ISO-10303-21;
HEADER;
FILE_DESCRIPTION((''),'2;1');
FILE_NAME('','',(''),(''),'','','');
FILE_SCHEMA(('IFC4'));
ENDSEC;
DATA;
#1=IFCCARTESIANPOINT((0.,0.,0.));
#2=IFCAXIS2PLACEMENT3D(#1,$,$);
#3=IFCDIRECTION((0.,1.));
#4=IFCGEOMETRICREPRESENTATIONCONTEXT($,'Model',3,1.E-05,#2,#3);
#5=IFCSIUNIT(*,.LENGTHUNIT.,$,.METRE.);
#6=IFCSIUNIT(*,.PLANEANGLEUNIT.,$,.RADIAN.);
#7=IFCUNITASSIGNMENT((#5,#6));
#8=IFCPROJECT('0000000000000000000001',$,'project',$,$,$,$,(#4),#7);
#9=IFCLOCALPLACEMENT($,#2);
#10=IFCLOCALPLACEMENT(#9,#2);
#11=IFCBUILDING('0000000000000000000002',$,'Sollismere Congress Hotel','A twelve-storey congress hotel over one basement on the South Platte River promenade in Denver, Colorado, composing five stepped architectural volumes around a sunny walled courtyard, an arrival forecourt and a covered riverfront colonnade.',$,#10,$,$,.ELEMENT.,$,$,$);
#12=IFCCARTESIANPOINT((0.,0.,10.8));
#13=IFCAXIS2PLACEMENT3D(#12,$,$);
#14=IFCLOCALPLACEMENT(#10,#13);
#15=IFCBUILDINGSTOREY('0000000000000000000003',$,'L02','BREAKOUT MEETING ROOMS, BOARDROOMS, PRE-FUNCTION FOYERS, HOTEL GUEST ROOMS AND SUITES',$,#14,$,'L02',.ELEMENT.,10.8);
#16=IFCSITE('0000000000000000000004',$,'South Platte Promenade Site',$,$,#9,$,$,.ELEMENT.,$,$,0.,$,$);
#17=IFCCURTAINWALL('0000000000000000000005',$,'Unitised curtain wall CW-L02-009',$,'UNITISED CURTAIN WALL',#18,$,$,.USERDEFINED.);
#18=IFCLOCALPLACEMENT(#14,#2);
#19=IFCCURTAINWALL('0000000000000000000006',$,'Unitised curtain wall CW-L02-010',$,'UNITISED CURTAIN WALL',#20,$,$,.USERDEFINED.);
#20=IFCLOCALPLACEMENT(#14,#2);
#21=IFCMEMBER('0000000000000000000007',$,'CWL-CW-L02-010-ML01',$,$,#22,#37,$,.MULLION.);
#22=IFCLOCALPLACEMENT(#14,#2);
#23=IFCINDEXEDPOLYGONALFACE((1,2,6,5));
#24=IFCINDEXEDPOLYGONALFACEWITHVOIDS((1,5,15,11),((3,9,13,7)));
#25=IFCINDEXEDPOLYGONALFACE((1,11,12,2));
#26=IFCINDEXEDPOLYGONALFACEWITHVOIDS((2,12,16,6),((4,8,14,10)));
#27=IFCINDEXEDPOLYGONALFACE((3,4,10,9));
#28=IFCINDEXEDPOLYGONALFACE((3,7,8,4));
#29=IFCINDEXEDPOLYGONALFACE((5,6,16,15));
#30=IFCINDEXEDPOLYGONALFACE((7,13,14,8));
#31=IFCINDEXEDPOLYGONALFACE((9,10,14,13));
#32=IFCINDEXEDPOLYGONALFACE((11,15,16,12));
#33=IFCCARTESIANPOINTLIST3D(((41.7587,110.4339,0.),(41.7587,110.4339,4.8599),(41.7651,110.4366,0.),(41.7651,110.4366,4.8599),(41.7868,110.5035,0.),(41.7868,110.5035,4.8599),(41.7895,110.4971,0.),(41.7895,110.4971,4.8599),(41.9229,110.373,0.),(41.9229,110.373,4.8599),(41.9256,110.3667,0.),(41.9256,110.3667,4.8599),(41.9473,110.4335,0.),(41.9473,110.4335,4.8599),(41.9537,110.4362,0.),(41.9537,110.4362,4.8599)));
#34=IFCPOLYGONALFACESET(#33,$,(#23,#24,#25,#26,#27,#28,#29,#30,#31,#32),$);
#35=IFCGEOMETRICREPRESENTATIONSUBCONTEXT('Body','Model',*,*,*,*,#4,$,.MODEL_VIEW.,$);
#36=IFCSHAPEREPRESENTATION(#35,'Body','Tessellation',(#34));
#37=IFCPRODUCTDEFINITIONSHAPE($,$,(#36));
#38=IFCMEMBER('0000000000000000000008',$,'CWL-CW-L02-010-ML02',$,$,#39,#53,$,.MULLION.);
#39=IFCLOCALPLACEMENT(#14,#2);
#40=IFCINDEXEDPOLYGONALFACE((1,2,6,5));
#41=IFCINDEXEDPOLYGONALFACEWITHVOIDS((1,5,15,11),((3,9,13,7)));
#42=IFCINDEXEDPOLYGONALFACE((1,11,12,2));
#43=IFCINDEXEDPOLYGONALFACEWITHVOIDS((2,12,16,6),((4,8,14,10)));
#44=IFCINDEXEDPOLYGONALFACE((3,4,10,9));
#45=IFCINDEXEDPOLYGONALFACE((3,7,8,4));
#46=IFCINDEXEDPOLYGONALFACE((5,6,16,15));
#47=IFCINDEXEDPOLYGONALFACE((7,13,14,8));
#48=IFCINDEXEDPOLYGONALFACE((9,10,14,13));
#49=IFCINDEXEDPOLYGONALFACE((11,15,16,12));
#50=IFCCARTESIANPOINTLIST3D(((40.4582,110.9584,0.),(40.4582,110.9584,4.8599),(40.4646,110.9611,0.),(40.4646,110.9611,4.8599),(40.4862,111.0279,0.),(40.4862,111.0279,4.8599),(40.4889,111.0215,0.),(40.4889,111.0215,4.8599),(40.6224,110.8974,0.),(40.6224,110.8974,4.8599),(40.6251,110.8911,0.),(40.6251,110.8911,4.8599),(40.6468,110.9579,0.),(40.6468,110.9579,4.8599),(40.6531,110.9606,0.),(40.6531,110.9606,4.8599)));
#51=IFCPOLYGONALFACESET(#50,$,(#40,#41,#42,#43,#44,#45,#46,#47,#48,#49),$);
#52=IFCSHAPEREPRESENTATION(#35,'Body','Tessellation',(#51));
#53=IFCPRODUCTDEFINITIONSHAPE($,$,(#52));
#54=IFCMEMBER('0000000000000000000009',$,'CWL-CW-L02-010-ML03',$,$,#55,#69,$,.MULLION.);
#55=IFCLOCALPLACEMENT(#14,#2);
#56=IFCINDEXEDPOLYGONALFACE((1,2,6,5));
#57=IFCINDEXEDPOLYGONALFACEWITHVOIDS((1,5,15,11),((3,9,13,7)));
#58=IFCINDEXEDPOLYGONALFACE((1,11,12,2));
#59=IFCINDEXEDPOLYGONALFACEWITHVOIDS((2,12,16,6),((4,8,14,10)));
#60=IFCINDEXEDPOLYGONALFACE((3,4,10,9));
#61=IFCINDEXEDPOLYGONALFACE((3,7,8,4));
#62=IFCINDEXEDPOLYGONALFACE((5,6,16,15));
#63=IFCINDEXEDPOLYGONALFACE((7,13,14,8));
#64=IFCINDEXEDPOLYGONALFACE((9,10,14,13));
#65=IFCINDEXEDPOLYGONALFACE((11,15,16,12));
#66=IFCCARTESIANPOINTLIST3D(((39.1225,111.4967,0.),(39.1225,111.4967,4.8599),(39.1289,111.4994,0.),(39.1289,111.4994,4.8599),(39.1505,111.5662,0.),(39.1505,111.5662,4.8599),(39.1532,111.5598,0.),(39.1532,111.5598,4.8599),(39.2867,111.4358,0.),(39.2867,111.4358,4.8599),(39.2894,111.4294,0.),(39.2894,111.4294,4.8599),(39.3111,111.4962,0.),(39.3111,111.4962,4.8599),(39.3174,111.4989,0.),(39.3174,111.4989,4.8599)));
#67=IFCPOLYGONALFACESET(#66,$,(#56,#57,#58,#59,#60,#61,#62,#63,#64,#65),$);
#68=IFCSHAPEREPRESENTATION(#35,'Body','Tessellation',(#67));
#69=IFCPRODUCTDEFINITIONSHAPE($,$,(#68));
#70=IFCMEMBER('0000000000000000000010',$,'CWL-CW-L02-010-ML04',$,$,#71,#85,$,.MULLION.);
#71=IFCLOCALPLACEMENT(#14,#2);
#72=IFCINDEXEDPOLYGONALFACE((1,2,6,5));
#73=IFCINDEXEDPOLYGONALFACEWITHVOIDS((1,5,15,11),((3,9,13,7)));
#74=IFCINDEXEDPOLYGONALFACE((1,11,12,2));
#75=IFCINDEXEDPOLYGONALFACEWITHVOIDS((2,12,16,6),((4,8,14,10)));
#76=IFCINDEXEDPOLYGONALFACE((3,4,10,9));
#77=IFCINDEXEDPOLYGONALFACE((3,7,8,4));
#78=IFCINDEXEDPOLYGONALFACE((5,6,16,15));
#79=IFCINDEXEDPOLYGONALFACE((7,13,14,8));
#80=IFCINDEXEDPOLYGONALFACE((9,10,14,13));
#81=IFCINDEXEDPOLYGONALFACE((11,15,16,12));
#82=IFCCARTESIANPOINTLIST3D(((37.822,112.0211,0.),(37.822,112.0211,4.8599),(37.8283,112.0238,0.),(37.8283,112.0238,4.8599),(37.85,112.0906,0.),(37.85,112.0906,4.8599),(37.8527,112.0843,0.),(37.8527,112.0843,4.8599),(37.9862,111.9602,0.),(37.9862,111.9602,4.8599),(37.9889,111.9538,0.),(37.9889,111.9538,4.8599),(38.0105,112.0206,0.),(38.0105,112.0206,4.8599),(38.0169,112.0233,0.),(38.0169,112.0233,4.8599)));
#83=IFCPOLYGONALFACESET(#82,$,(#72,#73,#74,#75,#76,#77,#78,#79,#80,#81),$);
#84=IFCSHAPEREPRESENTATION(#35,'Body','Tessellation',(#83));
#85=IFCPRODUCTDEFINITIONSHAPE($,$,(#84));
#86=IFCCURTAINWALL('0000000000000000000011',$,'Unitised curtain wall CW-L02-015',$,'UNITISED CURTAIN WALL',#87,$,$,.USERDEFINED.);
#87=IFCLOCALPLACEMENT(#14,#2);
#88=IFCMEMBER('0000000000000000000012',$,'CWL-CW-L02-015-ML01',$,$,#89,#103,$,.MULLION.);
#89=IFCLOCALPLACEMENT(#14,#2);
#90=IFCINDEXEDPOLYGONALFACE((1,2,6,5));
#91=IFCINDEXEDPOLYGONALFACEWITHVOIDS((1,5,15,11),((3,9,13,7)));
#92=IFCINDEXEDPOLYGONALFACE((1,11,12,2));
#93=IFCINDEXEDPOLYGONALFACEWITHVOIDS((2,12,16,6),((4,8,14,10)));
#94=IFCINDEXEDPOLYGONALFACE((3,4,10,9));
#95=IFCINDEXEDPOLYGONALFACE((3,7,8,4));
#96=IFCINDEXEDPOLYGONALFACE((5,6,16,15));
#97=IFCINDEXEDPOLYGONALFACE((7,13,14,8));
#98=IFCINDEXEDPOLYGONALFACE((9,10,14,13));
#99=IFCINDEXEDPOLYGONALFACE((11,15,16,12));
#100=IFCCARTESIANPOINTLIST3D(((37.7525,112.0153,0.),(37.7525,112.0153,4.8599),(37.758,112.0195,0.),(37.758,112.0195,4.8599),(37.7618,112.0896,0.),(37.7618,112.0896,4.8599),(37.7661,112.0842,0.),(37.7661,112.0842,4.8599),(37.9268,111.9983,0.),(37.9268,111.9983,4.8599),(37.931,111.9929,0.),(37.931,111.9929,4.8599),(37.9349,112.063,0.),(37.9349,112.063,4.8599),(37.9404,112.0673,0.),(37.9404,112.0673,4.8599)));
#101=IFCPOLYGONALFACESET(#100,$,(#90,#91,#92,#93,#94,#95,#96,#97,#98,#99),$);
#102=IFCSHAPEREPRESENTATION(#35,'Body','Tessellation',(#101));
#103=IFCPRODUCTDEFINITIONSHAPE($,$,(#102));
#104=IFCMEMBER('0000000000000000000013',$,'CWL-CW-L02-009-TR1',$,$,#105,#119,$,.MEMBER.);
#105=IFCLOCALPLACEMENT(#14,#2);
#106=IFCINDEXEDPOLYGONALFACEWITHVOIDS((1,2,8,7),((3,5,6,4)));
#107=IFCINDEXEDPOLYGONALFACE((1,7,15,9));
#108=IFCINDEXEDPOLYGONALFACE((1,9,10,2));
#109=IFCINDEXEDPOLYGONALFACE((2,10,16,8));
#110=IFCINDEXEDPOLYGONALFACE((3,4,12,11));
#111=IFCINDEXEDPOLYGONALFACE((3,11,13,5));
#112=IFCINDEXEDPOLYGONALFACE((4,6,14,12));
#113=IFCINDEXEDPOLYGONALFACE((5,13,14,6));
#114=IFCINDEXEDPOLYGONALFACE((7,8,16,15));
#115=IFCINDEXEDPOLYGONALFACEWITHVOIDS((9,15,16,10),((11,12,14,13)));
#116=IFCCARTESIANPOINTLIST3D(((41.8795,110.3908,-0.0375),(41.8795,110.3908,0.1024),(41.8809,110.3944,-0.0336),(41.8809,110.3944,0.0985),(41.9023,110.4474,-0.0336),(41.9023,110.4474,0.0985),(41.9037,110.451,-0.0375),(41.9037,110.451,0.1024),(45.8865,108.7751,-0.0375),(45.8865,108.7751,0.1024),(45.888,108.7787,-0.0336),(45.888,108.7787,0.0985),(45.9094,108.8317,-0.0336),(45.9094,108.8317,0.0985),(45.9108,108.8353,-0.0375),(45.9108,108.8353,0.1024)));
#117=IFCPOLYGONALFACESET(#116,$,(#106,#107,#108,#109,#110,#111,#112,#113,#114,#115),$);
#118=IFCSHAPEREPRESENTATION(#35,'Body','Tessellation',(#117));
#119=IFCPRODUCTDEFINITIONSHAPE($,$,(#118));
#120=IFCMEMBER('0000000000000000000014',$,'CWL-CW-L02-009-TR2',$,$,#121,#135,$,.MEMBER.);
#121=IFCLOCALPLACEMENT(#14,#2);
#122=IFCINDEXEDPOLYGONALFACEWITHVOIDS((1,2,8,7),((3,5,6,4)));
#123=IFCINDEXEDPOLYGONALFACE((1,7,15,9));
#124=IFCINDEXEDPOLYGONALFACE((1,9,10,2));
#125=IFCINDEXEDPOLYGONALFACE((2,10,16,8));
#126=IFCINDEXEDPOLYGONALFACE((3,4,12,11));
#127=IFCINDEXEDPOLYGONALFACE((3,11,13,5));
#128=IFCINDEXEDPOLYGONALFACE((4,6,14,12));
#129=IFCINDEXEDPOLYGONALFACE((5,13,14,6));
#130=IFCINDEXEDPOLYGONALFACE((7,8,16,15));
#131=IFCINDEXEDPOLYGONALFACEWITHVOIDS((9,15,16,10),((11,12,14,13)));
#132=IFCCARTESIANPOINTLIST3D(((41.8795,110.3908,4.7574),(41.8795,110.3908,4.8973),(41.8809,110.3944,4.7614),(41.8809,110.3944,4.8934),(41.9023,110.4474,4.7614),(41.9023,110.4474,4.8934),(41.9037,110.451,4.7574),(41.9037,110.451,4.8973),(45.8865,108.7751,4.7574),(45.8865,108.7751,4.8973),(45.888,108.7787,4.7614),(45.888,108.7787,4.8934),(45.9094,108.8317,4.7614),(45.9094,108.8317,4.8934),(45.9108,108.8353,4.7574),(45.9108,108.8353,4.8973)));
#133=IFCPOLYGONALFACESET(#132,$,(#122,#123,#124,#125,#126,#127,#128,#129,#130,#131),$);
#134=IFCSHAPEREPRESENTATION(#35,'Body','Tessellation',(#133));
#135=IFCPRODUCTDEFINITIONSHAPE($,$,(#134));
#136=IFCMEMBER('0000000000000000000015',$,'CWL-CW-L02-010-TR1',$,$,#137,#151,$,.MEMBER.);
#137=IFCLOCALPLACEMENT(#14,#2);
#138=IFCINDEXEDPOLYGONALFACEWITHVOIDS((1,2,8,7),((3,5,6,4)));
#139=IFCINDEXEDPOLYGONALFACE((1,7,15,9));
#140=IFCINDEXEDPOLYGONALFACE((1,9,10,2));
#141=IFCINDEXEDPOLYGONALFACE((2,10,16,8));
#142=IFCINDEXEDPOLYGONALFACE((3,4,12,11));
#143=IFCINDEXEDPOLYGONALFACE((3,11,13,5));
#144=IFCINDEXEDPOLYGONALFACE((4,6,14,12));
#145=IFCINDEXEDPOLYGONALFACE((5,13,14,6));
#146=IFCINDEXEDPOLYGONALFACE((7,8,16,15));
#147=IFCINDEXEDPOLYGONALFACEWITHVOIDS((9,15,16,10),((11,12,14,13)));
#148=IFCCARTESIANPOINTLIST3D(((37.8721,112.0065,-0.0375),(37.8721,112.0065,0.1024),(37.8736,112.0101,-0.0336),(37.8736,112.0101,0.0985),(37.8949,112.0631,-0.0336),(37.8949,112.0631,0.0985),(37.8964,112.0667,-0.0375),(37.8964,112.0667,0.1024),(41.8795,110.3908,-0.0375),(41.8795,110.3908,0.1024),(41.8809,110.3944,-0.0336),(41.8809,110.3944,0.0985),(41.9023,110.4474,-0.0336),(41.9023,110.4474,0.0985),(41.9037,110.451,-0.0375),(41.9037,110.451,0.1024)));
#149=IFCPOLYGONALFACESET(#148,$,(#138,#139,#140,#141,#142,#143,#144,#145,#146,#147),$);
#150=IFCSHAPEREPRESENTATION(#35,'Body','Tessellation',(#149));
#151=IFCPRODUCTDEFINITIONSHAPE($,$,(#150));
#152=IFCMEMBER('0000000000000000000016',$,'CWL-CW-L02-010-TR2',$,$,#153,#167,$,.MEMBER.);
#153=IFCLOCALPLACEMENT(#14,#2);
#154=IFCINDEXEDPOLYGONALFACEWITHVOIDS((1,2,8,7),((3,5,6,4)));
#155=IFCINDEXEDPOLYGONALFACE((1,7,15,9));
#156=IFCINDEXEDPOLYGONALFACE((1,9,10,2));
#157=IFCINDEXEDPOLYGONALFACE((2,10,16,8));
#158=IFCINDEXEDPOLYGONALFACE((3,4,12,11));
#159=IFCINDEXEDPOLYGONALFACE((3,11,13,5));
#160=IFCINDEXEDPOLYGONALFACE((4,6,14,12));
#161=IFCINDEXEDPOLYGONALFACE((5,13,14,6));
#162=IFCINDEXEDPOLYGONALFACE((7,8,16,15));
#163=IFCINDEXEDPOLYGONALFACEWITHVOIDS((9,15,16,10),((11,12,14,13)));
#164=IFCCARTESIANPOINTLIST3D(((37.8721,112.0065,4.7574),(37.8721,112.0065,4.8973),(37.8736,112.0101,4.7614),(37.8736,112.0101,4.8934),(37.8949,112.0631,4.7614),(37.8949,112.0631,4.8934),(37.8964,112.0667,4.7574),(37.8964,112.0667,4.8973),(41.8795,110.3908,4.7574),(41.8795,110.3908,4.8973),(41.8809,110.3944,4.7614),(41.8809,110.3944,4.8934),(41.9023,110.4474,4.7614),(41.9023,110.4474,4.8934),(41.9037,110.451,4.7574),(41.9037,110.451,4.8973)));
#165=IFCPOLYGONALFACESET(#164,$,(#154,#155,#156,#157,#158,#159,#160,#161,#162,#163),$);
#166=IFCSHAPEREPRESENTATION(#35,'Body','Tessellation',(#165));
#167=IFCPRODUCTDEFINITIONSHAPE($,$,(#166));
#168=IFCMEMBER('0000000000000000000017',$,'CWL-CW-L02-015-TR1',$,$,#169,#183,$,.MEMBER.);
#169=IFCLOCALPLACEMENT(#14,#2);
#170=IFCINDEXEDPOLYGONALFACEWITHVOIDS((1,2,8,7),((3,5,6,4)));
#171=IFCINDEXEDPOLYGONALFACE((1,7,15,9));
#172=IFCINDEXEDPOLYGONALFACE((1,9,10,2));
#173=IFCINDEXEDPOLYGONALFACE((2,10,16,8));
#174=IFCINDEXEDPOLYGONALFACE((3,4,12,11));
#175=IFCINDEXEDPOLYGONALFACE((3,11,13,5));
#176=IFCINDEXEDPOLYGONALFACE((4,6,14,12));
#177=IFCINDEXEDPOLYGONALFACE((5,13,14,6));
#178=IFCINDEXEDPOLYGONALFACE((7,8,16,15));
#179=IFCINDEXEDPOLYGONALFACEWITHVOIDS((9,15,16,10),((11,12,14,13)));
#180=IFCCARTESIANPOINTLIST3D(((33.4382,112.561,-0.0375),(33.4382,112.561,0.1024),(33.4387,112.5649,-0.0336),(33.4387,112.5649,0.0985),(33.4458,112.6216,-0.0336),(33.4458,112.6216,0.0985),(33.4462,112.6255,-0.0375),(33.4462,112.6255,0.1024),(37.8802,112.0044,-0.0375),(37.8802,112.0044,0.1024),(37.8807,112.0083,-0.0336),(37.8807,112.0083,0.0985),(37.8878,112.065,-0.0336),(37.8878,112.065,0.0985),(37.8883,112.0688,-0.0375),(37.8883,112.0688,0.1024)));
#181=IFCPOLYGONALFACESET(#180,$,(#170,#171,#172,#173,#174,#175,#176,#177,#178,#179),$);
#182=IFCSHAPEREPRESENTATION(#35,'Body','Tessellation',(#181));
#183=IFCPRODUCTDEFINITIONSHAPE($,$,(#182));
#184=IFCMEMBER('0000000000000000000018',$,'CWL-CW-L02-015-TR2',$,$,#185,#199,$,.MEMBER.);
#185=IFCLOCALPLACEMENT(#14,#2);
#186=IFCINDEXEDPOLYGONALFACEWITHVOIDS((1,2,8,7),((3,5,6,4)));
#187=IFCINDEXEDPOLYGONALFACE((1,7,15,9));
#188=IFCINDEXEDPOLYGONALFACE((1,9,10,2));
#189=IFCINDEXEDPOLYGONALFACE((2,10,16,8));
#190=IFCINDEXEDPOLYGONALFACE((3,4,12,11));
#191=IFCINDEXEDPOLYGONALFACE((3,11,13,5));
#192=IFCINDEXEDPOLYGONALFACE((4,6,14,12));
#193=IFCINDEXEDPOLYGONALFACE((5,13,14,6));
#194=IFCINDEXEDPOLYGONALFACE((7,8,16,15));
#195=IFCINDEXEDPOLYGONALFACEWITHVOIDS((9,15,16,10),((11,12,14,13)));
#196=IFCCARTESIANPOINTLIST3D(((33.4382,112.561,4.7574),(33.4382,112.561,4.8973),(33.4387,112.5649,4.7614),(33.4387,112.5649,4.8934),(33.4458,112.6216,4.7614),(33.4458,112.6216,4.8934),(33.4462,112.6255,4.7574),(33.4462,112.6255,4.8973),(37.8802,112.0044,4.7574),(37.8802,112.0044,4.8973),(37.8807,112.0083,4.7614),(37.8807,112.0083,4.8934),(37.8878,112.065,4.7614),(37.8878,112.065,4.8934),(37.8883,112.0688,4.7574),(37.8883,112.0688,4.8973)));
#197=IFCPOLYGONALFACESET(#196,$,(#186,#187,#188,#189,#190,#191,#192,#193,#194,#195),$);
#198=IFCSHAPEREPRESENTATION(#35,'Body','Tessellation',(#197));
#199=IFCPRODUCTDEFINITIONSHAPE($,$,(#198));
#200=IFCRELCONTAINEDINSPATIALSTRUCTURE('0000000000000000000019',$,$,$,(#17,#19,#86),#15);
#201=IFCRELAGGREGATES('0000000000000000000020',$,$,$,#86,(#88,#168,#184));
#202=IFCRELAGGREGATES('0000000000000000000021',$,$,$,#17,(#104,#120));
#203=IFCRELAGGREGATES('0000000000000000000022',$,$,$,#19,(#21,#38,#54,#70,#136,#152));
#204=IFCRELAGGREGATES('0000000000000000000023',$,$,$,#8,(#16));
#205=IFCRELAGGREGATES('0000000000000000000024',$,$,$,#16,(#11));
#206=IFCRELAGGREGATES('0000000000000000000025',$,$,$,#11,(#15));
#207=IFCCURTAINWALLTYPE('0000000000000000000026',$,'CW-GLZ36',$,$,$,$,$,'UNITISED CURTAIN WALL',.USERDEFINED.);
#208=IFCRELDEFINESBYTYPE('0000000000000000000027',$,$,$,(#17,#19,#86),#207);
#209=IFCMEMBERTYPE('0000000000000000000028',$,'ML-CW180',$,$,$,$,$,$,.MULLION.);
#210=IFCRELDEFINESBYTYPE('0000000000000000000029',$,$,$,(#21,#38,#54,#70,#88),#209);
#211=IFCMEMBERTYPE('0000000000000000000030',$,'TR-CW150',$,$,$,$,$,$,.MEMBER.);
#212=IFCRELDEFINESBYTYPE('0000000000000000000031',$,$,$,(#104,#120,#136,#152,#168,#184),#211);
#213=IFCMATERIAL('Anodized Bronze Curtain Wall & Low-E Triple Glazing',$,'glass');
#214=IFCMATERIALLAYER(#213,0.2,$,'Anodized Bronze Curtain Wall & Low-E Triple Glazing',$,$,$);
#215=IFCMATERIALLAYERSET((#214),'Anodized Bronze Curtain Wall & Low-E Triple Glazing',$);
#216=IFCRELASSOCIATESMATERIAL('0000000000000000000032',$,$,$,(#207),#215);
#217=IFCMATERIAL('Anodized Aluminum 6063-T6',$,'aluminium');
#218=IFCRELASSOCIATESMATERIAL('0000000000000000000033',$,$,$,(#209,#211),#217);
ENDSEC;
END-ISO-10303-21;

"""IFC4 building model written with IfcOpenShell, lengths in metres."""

from ifc_helpers import new_model, si_unit, direction, frame, origin, origin_2d, place, context, subcontext, project, spatial, hollow_rectangle, extrude, material, layer, layer_set, material_profile, profile_set, type_object, element, aggregate, save


model = new_model("IFC4")

# Units and contexts
model_context = context("Model", 3, precision=1e-05, world=origin(), true_north=direction((0.0, 1.0)))
body_context = subcontext(model_context, "Body", "Model", "MODEL_VIEW")
ifc_project = project(units=[si_unit("LENGTHUNIT", "METRE"), si_unit("PLANEANGLEUNIT", "RADIAN")], contexts=[model_context])

# Site, building, storey
site_placement = place(None, origin())
site = spatial("IfcSite", under=ifc_project, at=site_placement, Name="South Platte Promenade Site", CompositionType="ELEMENT", RefElevation=0.0)
building_placement = place(site_placement, origin())
building = spatial("IfcBuilding", under=site, at=building_placement, Name="Sollismere Congress Hotel", Description="A twelve-storey congress hotel over one basement on the South Platte River promenade in Denver, Colorado, composing five stepped architectural volumes around a sunny walled courtyard, an arrival forecourt and a covered riverfront colonnade.", CompositionType="ELEMENT")
storey_placement = place(building_placement, frame((0.0, 0.0, 10.8)))
storey = spatial("IfcBuildingStorey", under=building, at=storey_placement, Name="L02", Description="BREAKOUT MEETING ROOMS, BOARDROOMS, PRE-FUNCTION FOYERS, HOTEL GUEST ROOMS AND SUITES", LongName="L02", CompositionType="ELEMENT", Elevation=10.8)

# Curtain walls, members
ifc_material_1 = material(Name="Anodized Bronze Curtain Wall & Low-E Triple Glazing", Category="glass")
ifc_layer_1 = layer(ifc_material_1, 0.2, Name="Anodized Bronze Curtain Wall & Low-E Triple Glazing")
ifc_layer_set_1 = layer_set([ifc_layer_1], Name="Anodized Bronze Curtain Wall & Low-E Triple Glazing")
curtain_wall_type = type_object("IfcCurtainWallType", Name="CW-GLZ36", ElementType="UNITISED CURTAIN WALL", PredefinedType="USERDEFINED", material=ifc_layer_set_1)
ifc_material_2 = material(Name="Anodized Aluminum 6063-T6", Category="aluminium")
ifc_material_profile_1 = material_profile(ifc_material_2, hollow_rectangle(XDim=0.075, YDim=0.1799, WallThickness=0.0049, at=origin_2d()), Name="ALU180X75X5")
ifc_profile_set_1 = profile_set([ifc_material_profile_1], Name="Anodized Aluminum 6063-T6")
member_type_1 = type_object("IfcMemberType", Name="ML-CW180", PredefinedType="MULLION", material=ifc_profile_set_1)
curtain_wall_1_placement = place(storey_placement, origin())
curtain_wall_1 = element("IfcCurtainWall", 1, at=curtain_wall_1_placement, inside=storey, type_object=curtain_wall_type, Name="Unitised curtain wall CW-L02-009", ObjectType="UNITISED CURTAIN WALL", PredefinedType="USERDEFINED")
curtain_wall_2_placement = place(storey_placement, origin())
curtain_wall_2 = element("IfcCurtainWall", 2, at=curtain_wall_2_placement, inside=storey, type_object=curtain_wall_type, Name="Unitised curtain wall CW-L02-010", ObjectType="UNITISED CURTAIN WALL", PredefinedType="USERDEFINED")
member_1_placement = place(storey_placement, frame((41.8562, 110.4351, 0.0), z_axis=(0.0, 0.0, 1.0), x_axis=(-0.373943, -0.927452, 0.0)))
member_1 = element("IfcMember", 3, at=member_1_placement, type_object=member_type_1, Name="CWL-CW-L02-010-ML01", PredefinedType="MULLION", context=body_context, shape_type="SweptSolid", body=[
    extrude(hollow_rectangle(XDim=0.075, YDim=0.1799, WallThickness=0.0049, at=origin_2d()), origin(), (0.0, 0.0, 1.0), 4.8599),
])
member_2_placement = place(storey_placement, frame((40.5557, 110.9595, 0.0), z_axis=(0.0, 0.0, 1.0), x_axis=(-0.373943, -0.927452, 0.0)))
member_2 = element("IfcMember", 4, at=member_2_placement, type_object=member_type_1, Name="CWL-CW-L02-010-ML02", PredefinedType="MULLION", context=body_context, shape_type="SweptSolid", body=[
    extrude(hollow_rectangle(XDim=0.075, YDim=0.1799, WallThickness=0.0049, at=origin_2d()), origin(), (0.0, 0.0, 1.0), 4.8599),
])
member_3_placement = place(storey_placement, frame((39.22, 111.4978, 0.0), z_axis=(0.0, 0.0, 1.0), x_axis=(-0.373943, -0.927452, 0.0)))
member_3 = element("IfcMember", 5, at=member_3_placement, type_object=member_type_1, Name="CWL-CW-L02-010-ML03", PredefinedType="MULLION", context=body_context, shape_type="SweptSolid", body=[
    extrude(hollow_rectangle(XDim=0.075, YDim=0.1799, WallThickness=0.0049, at=origin_2d()), origin(), (0.0, 0.0, 1.0), 4.8599),
])
member_4_placement = place(storey_placement, frame((37.9194, 112.0222, 0.0), z_axis=(0.0, 0.0, 1.0), x_axis=(-0.373943, -0.927452, 0.0)))
member_4 = element("IfcMember", 6, at=member_4_placement, type_object=member_type_1, Name="CWL-CW-L02-010-ML04", PredefinedType="MULLION", context=body_context, shape_type="SweptSolid", body=[
    extrude(hollow_rectangle(XDim=0.075, YDim=0.1799, WallThickness=0.0049, at=origin_2d()), origin(), (0.0, 0.0, 1.0), 4.8599),
])

# Curtain wall, member
curtain_wall_3_placement = place(storey_placement, origin())
curtain_wall_3 = element("IfcCurtainWall", 7, at=curtain_wall_3_placement, inside=storey, type_object=curtain_wall_type, Name="Unitised curtain wall CW-L02-015", ObjectType="UNITISED CURTAIN WALL", PredefinedType="USERDEFINED")
member_5_placement = place(storey_placement, frame((37.8464, 112.0413, 0.0), z_axis=(0.0, 0.0, 1.0), x_axis=(-0.124363, -0.992237, 0.0)))
member_5 = element("IfcMember", 8, at=member_5_placement, type_object=member_type_1, Name="CWL-CW-L02-015-ML01", PredefinedType="MULLION", context=body_context, shape_type="SweptSolid", body=[
    extrude(hollow_rectangle(XDim=0.075, YDim=0.1799, WallThickness=0.0049, at=origin_2d()), origin(), (0.0, 0.0, 1.0), 4.8599),
])

# Members
ifc_material_profile_2 = material_profile(ifc_material_2, hollow_rectangle(XDim=0.0649, YDim=0.1399, WallThickness=0.0039, at=origin_2d()), Name="ALU140X65X4")
ifc_profile_set_2 = profile_set([ifc_material_profile_2], Name="Anodized Aluminum 6063-T6")
member_type_2 = type_object("IfcMemberType", Name="TR-CW150", PredefinedType="MEMBER", material=ifc_profile_set_2)
member_6_placement = place(storey_placement, frame((45.8987, 108.8052, 0.0325), z_axis=(-0.927444, 0.373961, 0.0), x_axis=(-0.373961, -0.927444, 0.0)))
member_6 = element("IfcMember", 9, at=member_6_placement, type_object=member_type_2, Name="CWL-CW-L02-009-TR1", PredefinedType="MEMBER", context=body_context, shape_type="SweptSolid", body=[
    extrude(hollow_rectangle(XDim=0.0649, YDim=0.1399, WallThickness=0.0039, at=origin_2d()), origin(), (0.0, 0.0, 1.0), 4.3206),
])
member_7_placement = place(storey_placement, frame((45.8987, 108.8052, 4.8274), z_axis=(-0.927444, 0.373961, 0.0), x_axis=(-0.373961, -0.927444, 0.0)))
member_7 = element("IfcMember", 10, at=member_7_placement, type_object=member_type_2, Name="CWL-CW-L02-009-TR2", PredefinedType="MEMBER", context=body_context, shape_type="SweptSolid", body=[
    extrude(hollow_rectangle(XDim=0.0649, YDim=0.1399, WallThickness=0.0039, at=origin_2d()), origin(), (0.0, 0.0, 1.0), 4.3206),
])
member_8_placement = place(storey_placement, frame((41.8916, 110.4209, 0.0325), z_axis=(-0.927452, 0.373942, 0.0), x_axis=(-0.373942, -0.927452, 0.0)))
member_8 = element("IfcMember", 11, at=member_8_placement, type_object=member_type_2, Name="CWL-CW-L02-010-TR1", PredefinedType="MEMBER", context=body_context, shape_type="SweptSolid", body=[
    extrude(hollow_rectangle(XDim=0.0649, YDim=0.1399, WallThickness=0.0039, at=origin_2d()), origin(), (0.0, 0.0, 1.0), 4.3208),
])
member_9_placement = place(storey_placement, frame((41.8916, 110.4209, 4.8274), z_axis=(-0.927452, 0.373942, 0.0), x_axis=(-0.373942, -0.927452, 0.0)))
member_9 = element("IfcMember", 12, at=member_9_placement, type_object=member_type_2, Name="CWL-CW-L02-010-TR2", PredefinedType="MEMBER", context=body_context, shape_type="SweptSolid", body=[
    extrude(hollow_rectangle(XDim=0.0649, YDim=0.1399, WallThickness=0.0039, at=origin_2d()), origin(), (0.0, 0.0, 1.0), 4.3208),
])
member_10_placement = place(storey_placement, frame((37.8843, 112.0366, 0.0325), z_axis=(-0.99224, 0.124337, 0.0), x_axis=(-0.124337, -0.99224, 0.0)))
member_10 = element("IfcMember", 13, at=member_10_placement, type_object=member_type_2, Name="CWL-CW-L02-015-TR1", PredefinedType="MEMBER", context=body_context, shape_type="SweptSolid", body=[
    extrude(hollow_rectangle(XDim=0.0649, YDim=0.1399, WallThickness=0.0039, at=origin_2d()), origin(), (0.0, 0.0, 1.0), 4.4768),
])
member_11_placement = place(storey_placement, frame((37.8843, 112.0366, 4.8274), z_axis=(-0.99224, 0.124337, 0.0), x_axis=(-0.124337, -0.99224, 0.0)))
member_11 = element("IfcMember", 14, at=member_11_placement, type_object=member_type_2, Name="CWL-CW-L02-015-TR2", PredefinedType="MEMBER", context=body_context, shape_type="SweptSolid", body=[
    extrude(hollow_rectangle(XDim=0.0649, YDim=0.1399, WallThickness=0.0039, at=origin_2d()), origin(), (0.0, 0.0, 1.0), 4.4768),
])
aggregate(curtain_wall_3, [member_5, member_10, member_11])

aggregate(curtain_wall_1, [member_6, member_7])
aggregate(curtain_wall_2, [member_1, member_2, member_3, member_4, member_8, member_9])

save(model, "model.ifc")
